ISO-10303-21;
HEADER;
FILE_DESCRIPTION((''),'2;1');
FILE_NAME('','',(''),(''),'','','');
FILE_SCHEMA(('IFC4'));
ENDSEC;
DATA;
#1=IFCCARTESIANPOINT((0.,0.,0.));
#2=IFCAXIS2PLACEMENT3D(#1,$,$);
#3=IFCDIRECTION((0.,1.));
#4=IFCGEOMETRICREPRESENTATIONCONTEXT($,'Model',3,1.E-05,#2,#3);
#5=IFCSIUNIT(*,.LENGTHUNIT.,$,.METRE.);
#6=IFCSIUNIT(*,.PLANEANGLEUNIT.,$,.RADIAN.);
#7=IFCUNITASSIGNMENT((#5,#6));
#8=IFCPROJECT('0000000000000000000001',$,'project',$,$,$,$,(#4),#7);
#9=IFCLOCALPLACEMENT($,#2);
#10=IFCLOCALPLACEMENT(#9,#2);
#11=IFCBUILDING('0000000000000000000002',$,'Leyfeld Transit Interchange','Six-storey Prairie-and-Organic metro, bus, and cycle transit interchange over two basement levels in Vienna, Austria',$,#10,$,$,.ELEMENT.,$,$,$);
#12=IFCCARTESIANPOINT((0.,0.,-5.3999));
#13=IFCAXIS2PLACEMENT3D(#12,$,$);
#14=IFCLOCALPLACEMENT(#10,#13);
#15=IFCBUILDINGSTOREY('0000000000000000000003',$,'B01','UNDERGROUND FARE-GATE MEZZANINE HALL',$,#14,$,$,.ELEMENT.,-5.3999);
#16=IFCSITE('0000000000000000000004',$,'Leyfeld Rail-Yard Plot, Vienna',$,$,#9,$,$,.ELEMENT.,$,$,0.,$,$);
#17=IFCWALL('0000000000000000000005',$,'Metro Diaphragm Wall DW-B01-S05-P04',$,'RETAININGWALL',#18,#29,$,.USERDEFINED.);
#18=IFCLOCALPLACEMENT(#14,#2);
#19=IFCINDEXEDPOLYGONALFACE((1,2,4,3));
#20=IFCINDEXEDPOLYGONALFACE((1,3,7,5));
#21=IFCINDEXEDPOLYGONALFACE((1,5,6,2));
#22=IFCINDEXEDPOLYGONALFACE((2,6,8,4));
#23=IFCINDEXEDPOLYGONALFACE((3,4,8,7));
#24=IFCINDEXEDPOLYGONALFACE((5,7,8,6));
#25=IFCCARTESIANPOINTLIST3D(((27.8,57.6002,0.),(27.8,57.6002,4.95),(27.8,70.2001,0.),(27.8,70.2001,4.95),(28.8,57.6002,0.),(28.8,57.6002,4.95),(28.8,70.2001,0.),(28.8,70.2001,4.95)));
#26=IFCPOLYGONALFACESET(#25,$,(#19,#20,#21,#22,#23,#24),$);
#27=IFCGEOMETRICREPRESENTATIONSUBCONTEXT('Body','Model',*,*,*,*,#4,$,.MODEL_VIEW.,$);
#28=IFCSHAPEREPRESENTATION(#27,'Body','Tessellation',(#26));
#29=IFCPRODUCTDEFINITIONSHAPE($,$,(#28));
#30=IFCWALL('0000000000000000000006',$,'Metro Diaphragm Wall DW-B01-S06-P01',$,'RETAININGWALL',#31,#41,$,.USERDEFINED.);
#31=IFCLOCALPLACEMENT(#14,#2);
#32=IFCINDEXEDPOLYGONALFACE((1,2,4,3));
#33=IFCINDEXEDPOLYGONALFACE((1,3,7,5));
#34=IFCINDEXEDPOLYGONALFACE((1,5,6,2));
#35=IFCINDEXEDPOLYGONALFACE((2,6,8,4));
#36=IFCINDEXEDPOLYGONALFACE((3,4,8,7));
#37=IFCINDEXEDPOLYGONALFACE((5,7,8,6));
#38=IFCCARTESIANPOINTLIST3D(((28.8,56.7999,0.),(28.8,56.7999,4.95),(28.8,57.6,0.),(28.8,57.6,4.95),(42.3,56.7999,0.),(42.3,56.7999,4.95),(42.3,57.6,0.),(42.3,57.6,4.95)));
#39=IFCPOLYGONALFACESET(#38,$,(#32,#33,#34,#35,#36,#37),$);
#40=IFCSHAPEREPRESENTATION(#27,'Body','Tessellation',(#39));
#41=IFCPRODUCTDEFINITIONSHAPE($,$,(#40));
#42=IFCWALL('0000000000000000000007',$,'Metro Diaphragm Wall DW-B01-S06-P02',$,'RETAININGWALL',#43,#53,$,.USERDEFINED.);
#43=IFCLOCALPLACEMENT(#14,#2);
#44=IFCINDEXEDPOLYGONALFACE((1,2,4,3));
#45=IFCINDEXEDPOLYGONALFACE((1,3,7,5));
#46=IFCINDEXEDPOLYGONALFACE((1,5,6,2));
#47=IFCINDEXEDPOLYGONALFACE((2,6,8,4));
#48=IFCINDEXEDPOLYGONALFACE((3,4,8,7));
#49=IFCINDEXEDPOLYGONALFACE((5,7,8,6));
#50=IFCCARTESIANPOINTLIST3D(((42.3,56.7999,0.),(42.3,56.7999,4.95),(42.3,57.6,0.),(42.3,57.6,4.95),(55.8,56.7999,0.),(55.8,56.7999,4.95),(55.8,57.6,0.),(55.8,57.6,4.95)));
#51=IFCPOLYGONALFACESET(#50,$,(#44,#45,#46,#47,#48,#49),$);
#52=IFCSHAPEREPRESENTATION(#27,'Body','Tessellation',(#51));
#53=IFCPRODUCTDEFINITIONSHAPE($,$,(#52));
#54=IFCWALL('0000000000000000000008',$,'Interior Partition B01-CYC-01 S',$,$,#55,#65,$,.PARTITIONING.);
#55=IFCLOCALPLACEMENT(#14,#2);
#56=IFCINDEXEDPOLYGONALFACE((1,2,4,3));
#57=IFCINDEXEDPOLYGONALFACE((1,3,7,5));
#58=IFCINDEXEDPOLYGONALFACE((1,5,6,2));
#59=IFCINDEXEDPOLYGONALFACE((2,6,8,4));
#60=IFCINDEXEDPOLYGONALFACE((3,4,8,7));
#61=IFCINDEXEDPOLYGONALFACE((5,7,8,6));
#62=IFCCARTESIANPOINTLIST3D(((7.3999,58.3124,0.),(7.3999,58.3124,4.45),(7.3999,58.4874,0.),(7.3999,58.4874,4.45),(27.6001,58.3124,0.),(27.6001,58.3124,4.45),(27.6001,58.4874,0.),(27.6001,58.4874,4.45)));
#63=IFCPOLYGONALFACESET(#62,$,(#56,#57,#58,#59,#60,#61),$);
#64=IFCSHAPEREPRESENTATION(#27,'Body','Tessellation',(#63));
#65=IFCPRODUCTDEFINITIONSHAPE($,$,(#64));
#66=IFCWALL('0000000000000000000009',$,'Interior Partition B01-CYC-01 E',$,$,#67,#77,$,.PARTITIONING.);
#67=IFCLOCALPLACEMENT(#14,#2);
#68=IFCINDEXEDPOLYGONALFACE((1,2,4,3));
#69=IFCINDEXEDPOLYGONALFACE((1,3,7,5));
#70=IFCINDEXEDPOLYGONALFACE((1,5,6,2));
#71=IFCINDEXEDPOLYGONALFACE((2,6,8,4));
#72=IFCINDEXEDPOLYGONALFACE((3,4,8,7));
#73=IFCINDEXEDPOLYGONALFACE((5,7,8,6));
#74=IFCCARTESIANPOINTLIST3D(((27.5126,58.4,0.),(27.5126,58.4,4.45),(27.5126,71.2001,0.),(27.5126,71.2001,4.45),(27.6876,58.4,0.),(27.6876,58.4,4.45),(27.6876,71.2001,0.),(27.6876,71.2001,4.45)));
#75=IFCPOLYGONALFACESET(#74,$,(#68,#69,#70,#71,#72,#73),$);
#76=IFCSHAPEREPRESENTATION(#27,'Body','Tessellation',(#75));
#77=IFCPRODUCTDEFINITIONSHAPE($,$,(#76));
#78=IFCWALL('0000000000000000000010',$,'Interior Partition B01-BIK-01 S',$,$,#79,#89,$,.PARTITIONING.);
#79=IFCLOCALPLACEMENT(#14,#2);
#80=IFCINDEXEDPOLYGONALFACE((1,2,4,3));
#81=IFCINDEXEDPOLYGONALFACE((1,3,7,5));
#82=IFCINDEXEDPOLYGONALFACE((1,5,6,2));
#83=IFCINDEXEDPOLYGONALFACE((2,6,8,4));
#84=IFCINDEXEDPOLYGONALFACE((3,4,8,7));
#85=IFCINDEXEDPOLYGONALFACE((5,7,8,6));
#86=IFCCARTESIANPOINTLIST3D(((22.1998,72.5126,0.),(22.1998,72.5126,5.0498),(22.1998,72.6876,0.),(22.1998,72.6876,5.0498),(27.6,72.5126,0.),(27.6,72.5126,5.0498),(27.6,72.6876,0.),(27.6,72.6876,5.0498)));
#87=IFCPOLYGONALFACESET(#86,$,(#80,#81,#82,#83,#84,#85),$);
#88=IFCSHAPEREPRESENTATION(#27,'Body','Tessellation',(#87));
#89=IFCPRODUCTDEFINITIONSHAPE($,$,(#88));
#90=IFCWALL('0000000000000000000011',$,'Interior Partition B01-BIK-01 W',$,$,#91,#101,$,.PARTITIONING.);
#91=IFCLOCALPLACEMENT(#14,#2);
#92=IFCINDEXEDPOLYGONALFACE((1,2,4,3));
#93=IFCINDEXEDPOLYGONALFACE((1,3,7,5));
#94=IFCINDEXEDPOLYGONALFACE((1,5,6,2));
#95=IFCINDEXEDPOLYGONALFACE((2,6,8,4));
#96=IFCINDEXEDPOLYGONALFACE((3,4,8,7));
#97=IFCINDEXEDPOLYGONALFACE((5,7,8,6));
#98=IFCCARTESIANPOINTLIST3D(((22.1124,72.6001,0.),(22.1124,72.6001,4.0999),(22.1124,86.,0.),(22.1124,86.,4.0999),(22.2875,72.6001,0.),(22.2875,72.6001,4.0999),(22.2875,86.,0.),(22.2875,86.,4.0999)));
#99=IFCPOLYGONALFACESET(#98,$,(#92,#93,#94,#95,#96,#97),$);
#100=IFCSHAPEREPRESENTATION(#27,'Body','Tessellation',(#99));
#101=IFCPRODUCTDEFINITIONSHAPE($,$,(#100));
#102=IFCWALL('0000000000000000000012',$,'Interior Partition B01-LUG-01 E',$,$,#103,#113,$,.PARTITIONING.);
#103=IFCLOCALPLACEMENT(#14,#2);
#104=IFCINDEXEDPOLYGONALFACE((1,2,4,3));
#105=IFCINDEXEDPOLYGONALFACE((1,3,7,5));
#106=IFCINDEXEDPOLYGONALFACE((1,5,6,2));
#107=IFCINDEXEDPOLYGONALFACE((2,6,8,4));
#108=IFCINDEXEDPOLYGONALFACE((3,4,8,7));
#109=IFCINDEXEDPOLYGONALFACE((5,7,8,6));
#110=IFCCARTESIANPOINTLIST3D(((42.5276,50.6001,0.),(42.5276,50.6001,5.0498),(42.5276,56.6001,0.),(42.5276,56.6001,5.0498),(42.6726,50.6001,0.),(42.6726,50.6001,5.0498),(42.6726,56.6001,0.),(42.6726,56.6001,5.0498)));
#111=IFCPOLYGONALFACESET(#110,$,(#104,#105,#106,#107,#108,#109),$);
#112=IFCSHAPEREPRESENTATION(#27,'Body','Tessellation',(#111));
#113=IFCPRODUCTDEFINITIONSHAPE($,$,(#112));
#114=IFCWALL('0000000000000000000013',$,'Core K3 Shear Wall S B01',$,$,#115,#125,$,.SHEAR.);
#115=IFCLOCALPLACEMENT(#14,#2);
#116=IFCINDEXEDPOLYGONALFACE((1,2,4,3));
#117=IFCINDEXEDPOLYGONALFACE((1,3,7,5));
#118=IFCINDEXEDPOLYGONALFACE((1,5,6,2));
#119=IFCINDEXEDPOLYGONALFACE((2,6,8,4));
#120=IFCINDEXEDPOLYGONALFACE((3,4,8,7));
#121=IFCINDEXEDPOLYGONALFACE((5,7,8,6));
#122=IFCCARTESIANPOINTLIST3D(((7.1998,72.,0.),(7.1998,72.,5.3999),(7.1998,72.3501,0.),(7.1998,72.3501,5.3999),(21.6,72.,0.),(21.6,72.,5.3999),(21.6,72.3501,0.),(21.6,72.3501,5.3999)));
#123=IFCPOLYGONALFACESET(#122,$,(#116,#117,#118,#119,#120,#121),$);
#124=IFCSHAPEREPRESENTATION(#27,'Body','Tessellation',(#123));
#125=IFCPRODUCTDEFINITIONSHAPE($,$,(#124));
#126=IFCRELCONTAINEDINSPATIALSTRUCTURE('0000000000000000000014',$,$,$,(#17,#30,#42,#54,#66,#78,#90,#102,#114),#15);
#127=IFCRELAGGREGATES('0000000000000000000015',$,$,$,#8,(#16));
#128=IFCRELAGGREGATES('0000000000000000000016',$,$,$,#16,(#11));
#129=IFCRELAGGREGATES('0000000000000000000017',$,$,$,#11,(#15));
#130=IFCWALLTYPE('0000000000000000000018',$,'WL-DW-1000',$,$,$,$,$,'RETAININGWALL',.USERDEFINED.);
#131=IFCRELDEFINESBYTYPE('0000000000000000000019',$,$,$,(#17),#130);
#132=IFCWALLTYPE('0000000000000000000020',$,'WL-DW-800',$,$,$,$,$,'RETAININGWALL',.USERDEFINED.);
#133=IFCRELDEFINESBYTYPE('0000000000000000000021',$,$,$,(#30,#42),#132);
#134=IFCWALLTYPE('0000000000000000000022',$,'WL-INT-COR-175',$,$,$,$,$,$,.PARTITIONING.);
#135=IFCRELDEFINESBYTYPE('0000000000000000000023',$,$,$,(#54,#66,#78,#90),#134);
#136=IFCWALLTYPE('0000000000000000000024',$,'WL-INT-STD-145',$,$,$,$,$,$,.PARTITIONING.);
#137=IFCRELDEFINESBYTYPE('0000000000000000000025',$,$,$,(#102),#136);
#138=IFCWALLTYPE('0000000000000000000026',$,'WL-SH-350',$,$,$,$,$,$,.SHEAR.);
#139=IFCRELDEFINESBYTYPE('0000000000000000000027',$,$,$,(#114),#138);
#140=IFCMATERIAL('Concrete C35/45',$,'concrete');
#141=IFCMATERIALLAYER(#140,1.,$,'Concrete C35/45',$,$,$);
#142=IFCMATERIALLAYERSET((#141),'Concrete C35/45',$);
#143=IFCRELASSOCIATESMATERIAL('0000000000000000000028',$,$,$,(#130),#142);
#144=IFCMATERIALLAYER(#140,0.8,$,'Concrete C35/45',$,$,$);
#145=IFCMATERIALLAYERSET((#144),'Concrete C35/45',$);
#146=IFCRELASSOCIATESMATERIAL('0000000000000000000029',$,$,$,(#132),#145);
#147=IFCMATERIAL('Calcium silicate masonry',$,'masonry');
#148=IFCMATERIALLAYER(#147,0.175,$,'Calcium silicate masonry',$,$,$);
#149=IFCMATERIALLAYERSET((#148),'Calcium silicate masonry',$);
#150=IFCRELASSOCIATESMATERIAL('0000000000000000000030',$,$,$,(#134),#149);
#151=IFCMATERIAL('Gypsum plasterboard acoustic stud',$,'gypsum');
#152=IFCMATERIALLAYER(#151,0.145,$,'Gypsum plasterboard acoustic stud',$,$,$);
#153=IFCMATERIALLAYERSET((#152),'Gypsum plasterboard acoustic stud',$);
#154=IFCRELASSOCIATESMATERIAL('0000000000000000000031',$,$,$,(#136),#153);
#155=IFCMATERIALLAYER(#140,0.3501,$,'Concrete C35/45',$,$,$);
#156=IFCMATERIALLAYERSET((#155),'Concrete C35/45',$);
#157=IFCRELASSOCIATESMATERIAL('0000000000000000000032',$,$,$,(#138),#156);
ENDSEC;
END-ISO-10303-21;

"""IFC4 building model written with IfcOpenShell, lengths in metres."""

from ifc_helpers import new_model, si_unit, direction, frame, frame_2d, origin, place, context, subcontext, project, spatial, rectangle, extrude, material, layer, layer_set, type_object, element, save


model = new_model("IFC4")

# Units and contexts
model_context = context("Model", 3, precision=1e-05, world=origin(), true_north=direction((0.0, 1.0)))
body_context = subcontext(model_context, "Body", "Model", "MODEL_VIEW")
ifc_project = project(units=[si_unit("LENGTHUNIT", "METRE"), si_unit("PLANEANGLEUNIT", "RADIAN")], contexts=[model_context])

# Site, building, storey
site_placement = place(None, origin())
site = spatial("IfcSite", under=ifc_project, at=site_placement, Name="Leyfeld Rail-Yard Plot, Vienna", CompositionType="ELEMENT", RefElevation=0.0)
building_placement = place(site_placement, origin())
building = spatial("IfcBuilding", under=site, at=building_placement, Name="Leyfeld Transit Interchange", Description="Six-storey Prairie-and-Organic metro, bus, and cycle transit interchange over two basement levels in Vienna, Austria", CompositionType="ELEMENT")
storey_placement = place(building_placement, frame((0.0, 0.0, -5.3999)))
storey = spatial("IfcBuildingStorey", under=building, at=storey_placement, Name="B01", Description="UNDERGROUND FARE-GATE MEZZANINE HALL", CompositionType="ELEMENT", Elevation=-5.3999)

# Shared definitions
ifc_material_1 = material(Name="Concrete C35/45", Category="concrete")

# Walls
ifc_layer_1 = layer(ifc_material_1, 1.0, Name="Concrete C35/45")
ifc_layer_set_1 = layer_set([ifc_layer_1], Name="Concrete C35/45")
wall_type_1 = type_object("IfcWallType", Name="WL-DW-1000", ElementType="RETAININGWALL", PredefinedType="USERDEFINED", material=ifc_layer_set_1)
wall_1_placement = place(storey_placement, frame((28.3, 70.2, 0.0), z_axis=(0.0, 0.0, 1.0), x_axis=(0.0, -1.0, 0.0)))
element("IfcWall", 1, at=wall_1_placement, inside=storey, type_object=wall_type_1, Name="Metro Diaphragm Wall DW-B01-S05-P04", ObjectType="RETAININGWALL", PredefinedType="USERDEFINED", context=body_context, shape_type="SweptSolid", body=[
    extrude(rectangle(XDim=12.5999, YDim=1.0, at=frame_2d((6.2998, 0.0))), origin(), (0.0, 0.0, 1.0), 4.95),
])
ifc_layer_2 = layer(ifc_material_1, 0.8, Name="Concrete C35/45")
ifc_layer_set_2 = layer_set([ifc_layer_2], Name="Concrete C35/45")
wall_type_2 = type_object("IfcWallType", Name="WL-DW-800", ElementType="RETAININGWALL", PredefinedType="USERDEFINED", material=ifc_layer_set_2)
for number, where, z_axis, x_axis, name in (
    (2, (28.8, 57.2, 0.0), (0.0, 0.0, 1.0), (1.0, 0.0, 0.0), "Metro Diaphragm Wall DW-B01-S06-P01"),
    (3, (42.3, 57.2, 0.0), (0.0, 0.0, 1.0), (1.0, 0.0, 0.0), "Metro Diaphragm Wall DW-B01-S06-P02"),
):
    element("IfcWall", number, at=place(storey_placement, frame(where, z_axis=z_axis, x_axis=x_axis)), inside=storey, type_object=wall_type_2, Name=name, ObjectType="RETAININGWALL", PredefinedType="USERDEFINED", context=body_context, shape_type="SweptSolid", body=[
        extrude(rectangle(XDim=13.5, YDim=0.8, at=frame_2d((6.75, 0.0))), origin(), (0.0, 0.0, 1.0), 4.95),
    ])
ifc_material_2 = material(Name="Calcium silicate masonry", Category="masonry")
ifc_layer_3 = layer(ifc_material_2, 0.175, Name="Calcium silicate masonry")
ifc_layer_set_3 = layer_set([ifc_layer_3], Name="Calcium silicate masonry")
wall_type_3 = type_object("IfcWallType", Name="WL-INT-COR-175", PredefinedType="PARTITIONING", material=ifc_layer_set_3)
wall_2_placement = place(storey_placement, frame((27.6001, 58.3999, 0.0), z_axis=(0.0, 0.0, 1.0), x_axis=(-1.0, 0.0, 0.0)))
element("IfcWall", 4, at=wall_2_placement, inside=storey, type_object=wall_type_3, Name="Interior Partition B01-CYC-01 S", PredefinedType="PARTITIONING", context=body_context, shape_type="SweptSolid", body=[
    extrude(rectangle(XDim=20.2002, YDim=0.175, at=frame_2d((10.1001, 0.0))), origin(), (0.0, 0.0, 1.0), 4.45),
])
wall_3_placement = place(storey_placement, frame((27.6001, 71.2, 0.0), z_axis=(0.0, 0.0, 1.0), x_axis=(0.0, -1.0, 0.0)))
element("IfcWall", 5, at=wall_3_placement, inside=storey, type_object=wall_type_3, Name="Interior Partition B01-CYC-01 E", PredefinedType="PARTITIONING", context=body_context, shape_type="SweptSolid", body=[
    extrude(rectangle(XDim=12.8, YDim=0.175, at=frame_2d((6.3999, 0.0))), origin(), (0.0, 0.0, 1.0), 4.45),
])
wall_4_placement = place(storey_placement, frame((27.6001, 72.6001, 0.0), z_axis=(0.0, 0.0, 1.0), x_axis=(-1.0, 0.0, 0.0)))
element("IfcWall", 6, at=wall_4_placement, inside=storey, type_object=wall_type_3, Name="Interior Partition B01-BIK-01 S", PredefinedType="PARTITIONING", context=body_context, shape_type="SweptSolid", body=[
    extrude(rectangle(XDim=5.4001, YDim=0.175, at=frame_2d((2.7002, 0.0))), origin(), (0.0, 0.0, 1.0), 5.0498),
])
wall_5_placement = place(storey_placement, frame((22.2, 72.6001, 0.0), z_axis=(0.0, 0.0, 1.0), x_axis=(0.0, 1.0, 0.0)))
element("IfcWall", 7, at=wall_5_placement, inside=storey, type_object=wall_type_3, Name="Interior Partition B01-BIK-01 W", PredefinedType="PARTITIONING", context=body_context, shape_type="SweptSolid", body=[
    extrude(rectangle(XDim=13.3999, YDim=0.175, at=frame_2d((6.7, 0.0))), origin(), (0.0, 0.0, 1.0), 4.0999),
])
ifc_material_3 = material(Name="Gypsum plasterboard acoustic stud", Category="gypsum")
ifc_layer_4 = layer(ifc_material_3, 0.145, Name="Gypsum plasterboard acoustic stud")
ifc_layer_set_4 = layer_set([ifc_layer_4], Name="Gypsum plasterboard acoustic stud")
wall_type_4 = type_object("IfcWallType", Name="WL-INT-STD-145", PredefinedType="PARTITIONING", material=ifc_layer_set_4)
wall_6_placement = place(storey_placement, frame((42.6001, 56.6001, 0.0), z_axis=(0.0, 0.0, 1.0), x_axis=(0.0, -1.0, 0.0)))
element("IfcWall", 8, at=wall_6_placement, inside=storey, type_object=wall_type_4, Name="Interior Partition B01-LUG-01 E", PredefinedType="PARTITIONING", context=body_context, shape_type="SweptSolid", body=[
    extrude(rectangle(XDim=6.0, YDim=0.145, at=frame_2d((3.0, 0.0))), origin(), (0.0, 0.0, 1.0), 5.0498),
])
ifc_layer_5 = layer(ifc_material_1, 0.3501, Name="Concrete C35/45")
ifc_layer_set_5 = layer_set([ifc_layer_5], Name="Concrete C35/45")
wall_type_5 = type_object("IfcWallType", Name="WL-SH-350", PredefinedType="SHEAR", material=ifc_layer_set_5)
wall_7_placement = place(storey_placement, frame((21.6001, 72.175, 0.0), z_axis=(0.0, 0.0, 1.0), x_axis=(-1.0, 0.0, 0.0)))
element("IfcWall", 9, at=wall_7_placement, inside=storey, type_object=wall_type_5, Name="Core K3 Shear Wall S B01", PredefinedType="SHEAR", context=body_context, shape_type="SweptSolid", body=[
    extrude(rectangle(XDim=14.4001, YDim=0.3501, at=frame_2d((7.2002, 0.0))), origin(), (0.0, 0.0, 1.0), 5.3999),
])

save(model, "model.ifc")
